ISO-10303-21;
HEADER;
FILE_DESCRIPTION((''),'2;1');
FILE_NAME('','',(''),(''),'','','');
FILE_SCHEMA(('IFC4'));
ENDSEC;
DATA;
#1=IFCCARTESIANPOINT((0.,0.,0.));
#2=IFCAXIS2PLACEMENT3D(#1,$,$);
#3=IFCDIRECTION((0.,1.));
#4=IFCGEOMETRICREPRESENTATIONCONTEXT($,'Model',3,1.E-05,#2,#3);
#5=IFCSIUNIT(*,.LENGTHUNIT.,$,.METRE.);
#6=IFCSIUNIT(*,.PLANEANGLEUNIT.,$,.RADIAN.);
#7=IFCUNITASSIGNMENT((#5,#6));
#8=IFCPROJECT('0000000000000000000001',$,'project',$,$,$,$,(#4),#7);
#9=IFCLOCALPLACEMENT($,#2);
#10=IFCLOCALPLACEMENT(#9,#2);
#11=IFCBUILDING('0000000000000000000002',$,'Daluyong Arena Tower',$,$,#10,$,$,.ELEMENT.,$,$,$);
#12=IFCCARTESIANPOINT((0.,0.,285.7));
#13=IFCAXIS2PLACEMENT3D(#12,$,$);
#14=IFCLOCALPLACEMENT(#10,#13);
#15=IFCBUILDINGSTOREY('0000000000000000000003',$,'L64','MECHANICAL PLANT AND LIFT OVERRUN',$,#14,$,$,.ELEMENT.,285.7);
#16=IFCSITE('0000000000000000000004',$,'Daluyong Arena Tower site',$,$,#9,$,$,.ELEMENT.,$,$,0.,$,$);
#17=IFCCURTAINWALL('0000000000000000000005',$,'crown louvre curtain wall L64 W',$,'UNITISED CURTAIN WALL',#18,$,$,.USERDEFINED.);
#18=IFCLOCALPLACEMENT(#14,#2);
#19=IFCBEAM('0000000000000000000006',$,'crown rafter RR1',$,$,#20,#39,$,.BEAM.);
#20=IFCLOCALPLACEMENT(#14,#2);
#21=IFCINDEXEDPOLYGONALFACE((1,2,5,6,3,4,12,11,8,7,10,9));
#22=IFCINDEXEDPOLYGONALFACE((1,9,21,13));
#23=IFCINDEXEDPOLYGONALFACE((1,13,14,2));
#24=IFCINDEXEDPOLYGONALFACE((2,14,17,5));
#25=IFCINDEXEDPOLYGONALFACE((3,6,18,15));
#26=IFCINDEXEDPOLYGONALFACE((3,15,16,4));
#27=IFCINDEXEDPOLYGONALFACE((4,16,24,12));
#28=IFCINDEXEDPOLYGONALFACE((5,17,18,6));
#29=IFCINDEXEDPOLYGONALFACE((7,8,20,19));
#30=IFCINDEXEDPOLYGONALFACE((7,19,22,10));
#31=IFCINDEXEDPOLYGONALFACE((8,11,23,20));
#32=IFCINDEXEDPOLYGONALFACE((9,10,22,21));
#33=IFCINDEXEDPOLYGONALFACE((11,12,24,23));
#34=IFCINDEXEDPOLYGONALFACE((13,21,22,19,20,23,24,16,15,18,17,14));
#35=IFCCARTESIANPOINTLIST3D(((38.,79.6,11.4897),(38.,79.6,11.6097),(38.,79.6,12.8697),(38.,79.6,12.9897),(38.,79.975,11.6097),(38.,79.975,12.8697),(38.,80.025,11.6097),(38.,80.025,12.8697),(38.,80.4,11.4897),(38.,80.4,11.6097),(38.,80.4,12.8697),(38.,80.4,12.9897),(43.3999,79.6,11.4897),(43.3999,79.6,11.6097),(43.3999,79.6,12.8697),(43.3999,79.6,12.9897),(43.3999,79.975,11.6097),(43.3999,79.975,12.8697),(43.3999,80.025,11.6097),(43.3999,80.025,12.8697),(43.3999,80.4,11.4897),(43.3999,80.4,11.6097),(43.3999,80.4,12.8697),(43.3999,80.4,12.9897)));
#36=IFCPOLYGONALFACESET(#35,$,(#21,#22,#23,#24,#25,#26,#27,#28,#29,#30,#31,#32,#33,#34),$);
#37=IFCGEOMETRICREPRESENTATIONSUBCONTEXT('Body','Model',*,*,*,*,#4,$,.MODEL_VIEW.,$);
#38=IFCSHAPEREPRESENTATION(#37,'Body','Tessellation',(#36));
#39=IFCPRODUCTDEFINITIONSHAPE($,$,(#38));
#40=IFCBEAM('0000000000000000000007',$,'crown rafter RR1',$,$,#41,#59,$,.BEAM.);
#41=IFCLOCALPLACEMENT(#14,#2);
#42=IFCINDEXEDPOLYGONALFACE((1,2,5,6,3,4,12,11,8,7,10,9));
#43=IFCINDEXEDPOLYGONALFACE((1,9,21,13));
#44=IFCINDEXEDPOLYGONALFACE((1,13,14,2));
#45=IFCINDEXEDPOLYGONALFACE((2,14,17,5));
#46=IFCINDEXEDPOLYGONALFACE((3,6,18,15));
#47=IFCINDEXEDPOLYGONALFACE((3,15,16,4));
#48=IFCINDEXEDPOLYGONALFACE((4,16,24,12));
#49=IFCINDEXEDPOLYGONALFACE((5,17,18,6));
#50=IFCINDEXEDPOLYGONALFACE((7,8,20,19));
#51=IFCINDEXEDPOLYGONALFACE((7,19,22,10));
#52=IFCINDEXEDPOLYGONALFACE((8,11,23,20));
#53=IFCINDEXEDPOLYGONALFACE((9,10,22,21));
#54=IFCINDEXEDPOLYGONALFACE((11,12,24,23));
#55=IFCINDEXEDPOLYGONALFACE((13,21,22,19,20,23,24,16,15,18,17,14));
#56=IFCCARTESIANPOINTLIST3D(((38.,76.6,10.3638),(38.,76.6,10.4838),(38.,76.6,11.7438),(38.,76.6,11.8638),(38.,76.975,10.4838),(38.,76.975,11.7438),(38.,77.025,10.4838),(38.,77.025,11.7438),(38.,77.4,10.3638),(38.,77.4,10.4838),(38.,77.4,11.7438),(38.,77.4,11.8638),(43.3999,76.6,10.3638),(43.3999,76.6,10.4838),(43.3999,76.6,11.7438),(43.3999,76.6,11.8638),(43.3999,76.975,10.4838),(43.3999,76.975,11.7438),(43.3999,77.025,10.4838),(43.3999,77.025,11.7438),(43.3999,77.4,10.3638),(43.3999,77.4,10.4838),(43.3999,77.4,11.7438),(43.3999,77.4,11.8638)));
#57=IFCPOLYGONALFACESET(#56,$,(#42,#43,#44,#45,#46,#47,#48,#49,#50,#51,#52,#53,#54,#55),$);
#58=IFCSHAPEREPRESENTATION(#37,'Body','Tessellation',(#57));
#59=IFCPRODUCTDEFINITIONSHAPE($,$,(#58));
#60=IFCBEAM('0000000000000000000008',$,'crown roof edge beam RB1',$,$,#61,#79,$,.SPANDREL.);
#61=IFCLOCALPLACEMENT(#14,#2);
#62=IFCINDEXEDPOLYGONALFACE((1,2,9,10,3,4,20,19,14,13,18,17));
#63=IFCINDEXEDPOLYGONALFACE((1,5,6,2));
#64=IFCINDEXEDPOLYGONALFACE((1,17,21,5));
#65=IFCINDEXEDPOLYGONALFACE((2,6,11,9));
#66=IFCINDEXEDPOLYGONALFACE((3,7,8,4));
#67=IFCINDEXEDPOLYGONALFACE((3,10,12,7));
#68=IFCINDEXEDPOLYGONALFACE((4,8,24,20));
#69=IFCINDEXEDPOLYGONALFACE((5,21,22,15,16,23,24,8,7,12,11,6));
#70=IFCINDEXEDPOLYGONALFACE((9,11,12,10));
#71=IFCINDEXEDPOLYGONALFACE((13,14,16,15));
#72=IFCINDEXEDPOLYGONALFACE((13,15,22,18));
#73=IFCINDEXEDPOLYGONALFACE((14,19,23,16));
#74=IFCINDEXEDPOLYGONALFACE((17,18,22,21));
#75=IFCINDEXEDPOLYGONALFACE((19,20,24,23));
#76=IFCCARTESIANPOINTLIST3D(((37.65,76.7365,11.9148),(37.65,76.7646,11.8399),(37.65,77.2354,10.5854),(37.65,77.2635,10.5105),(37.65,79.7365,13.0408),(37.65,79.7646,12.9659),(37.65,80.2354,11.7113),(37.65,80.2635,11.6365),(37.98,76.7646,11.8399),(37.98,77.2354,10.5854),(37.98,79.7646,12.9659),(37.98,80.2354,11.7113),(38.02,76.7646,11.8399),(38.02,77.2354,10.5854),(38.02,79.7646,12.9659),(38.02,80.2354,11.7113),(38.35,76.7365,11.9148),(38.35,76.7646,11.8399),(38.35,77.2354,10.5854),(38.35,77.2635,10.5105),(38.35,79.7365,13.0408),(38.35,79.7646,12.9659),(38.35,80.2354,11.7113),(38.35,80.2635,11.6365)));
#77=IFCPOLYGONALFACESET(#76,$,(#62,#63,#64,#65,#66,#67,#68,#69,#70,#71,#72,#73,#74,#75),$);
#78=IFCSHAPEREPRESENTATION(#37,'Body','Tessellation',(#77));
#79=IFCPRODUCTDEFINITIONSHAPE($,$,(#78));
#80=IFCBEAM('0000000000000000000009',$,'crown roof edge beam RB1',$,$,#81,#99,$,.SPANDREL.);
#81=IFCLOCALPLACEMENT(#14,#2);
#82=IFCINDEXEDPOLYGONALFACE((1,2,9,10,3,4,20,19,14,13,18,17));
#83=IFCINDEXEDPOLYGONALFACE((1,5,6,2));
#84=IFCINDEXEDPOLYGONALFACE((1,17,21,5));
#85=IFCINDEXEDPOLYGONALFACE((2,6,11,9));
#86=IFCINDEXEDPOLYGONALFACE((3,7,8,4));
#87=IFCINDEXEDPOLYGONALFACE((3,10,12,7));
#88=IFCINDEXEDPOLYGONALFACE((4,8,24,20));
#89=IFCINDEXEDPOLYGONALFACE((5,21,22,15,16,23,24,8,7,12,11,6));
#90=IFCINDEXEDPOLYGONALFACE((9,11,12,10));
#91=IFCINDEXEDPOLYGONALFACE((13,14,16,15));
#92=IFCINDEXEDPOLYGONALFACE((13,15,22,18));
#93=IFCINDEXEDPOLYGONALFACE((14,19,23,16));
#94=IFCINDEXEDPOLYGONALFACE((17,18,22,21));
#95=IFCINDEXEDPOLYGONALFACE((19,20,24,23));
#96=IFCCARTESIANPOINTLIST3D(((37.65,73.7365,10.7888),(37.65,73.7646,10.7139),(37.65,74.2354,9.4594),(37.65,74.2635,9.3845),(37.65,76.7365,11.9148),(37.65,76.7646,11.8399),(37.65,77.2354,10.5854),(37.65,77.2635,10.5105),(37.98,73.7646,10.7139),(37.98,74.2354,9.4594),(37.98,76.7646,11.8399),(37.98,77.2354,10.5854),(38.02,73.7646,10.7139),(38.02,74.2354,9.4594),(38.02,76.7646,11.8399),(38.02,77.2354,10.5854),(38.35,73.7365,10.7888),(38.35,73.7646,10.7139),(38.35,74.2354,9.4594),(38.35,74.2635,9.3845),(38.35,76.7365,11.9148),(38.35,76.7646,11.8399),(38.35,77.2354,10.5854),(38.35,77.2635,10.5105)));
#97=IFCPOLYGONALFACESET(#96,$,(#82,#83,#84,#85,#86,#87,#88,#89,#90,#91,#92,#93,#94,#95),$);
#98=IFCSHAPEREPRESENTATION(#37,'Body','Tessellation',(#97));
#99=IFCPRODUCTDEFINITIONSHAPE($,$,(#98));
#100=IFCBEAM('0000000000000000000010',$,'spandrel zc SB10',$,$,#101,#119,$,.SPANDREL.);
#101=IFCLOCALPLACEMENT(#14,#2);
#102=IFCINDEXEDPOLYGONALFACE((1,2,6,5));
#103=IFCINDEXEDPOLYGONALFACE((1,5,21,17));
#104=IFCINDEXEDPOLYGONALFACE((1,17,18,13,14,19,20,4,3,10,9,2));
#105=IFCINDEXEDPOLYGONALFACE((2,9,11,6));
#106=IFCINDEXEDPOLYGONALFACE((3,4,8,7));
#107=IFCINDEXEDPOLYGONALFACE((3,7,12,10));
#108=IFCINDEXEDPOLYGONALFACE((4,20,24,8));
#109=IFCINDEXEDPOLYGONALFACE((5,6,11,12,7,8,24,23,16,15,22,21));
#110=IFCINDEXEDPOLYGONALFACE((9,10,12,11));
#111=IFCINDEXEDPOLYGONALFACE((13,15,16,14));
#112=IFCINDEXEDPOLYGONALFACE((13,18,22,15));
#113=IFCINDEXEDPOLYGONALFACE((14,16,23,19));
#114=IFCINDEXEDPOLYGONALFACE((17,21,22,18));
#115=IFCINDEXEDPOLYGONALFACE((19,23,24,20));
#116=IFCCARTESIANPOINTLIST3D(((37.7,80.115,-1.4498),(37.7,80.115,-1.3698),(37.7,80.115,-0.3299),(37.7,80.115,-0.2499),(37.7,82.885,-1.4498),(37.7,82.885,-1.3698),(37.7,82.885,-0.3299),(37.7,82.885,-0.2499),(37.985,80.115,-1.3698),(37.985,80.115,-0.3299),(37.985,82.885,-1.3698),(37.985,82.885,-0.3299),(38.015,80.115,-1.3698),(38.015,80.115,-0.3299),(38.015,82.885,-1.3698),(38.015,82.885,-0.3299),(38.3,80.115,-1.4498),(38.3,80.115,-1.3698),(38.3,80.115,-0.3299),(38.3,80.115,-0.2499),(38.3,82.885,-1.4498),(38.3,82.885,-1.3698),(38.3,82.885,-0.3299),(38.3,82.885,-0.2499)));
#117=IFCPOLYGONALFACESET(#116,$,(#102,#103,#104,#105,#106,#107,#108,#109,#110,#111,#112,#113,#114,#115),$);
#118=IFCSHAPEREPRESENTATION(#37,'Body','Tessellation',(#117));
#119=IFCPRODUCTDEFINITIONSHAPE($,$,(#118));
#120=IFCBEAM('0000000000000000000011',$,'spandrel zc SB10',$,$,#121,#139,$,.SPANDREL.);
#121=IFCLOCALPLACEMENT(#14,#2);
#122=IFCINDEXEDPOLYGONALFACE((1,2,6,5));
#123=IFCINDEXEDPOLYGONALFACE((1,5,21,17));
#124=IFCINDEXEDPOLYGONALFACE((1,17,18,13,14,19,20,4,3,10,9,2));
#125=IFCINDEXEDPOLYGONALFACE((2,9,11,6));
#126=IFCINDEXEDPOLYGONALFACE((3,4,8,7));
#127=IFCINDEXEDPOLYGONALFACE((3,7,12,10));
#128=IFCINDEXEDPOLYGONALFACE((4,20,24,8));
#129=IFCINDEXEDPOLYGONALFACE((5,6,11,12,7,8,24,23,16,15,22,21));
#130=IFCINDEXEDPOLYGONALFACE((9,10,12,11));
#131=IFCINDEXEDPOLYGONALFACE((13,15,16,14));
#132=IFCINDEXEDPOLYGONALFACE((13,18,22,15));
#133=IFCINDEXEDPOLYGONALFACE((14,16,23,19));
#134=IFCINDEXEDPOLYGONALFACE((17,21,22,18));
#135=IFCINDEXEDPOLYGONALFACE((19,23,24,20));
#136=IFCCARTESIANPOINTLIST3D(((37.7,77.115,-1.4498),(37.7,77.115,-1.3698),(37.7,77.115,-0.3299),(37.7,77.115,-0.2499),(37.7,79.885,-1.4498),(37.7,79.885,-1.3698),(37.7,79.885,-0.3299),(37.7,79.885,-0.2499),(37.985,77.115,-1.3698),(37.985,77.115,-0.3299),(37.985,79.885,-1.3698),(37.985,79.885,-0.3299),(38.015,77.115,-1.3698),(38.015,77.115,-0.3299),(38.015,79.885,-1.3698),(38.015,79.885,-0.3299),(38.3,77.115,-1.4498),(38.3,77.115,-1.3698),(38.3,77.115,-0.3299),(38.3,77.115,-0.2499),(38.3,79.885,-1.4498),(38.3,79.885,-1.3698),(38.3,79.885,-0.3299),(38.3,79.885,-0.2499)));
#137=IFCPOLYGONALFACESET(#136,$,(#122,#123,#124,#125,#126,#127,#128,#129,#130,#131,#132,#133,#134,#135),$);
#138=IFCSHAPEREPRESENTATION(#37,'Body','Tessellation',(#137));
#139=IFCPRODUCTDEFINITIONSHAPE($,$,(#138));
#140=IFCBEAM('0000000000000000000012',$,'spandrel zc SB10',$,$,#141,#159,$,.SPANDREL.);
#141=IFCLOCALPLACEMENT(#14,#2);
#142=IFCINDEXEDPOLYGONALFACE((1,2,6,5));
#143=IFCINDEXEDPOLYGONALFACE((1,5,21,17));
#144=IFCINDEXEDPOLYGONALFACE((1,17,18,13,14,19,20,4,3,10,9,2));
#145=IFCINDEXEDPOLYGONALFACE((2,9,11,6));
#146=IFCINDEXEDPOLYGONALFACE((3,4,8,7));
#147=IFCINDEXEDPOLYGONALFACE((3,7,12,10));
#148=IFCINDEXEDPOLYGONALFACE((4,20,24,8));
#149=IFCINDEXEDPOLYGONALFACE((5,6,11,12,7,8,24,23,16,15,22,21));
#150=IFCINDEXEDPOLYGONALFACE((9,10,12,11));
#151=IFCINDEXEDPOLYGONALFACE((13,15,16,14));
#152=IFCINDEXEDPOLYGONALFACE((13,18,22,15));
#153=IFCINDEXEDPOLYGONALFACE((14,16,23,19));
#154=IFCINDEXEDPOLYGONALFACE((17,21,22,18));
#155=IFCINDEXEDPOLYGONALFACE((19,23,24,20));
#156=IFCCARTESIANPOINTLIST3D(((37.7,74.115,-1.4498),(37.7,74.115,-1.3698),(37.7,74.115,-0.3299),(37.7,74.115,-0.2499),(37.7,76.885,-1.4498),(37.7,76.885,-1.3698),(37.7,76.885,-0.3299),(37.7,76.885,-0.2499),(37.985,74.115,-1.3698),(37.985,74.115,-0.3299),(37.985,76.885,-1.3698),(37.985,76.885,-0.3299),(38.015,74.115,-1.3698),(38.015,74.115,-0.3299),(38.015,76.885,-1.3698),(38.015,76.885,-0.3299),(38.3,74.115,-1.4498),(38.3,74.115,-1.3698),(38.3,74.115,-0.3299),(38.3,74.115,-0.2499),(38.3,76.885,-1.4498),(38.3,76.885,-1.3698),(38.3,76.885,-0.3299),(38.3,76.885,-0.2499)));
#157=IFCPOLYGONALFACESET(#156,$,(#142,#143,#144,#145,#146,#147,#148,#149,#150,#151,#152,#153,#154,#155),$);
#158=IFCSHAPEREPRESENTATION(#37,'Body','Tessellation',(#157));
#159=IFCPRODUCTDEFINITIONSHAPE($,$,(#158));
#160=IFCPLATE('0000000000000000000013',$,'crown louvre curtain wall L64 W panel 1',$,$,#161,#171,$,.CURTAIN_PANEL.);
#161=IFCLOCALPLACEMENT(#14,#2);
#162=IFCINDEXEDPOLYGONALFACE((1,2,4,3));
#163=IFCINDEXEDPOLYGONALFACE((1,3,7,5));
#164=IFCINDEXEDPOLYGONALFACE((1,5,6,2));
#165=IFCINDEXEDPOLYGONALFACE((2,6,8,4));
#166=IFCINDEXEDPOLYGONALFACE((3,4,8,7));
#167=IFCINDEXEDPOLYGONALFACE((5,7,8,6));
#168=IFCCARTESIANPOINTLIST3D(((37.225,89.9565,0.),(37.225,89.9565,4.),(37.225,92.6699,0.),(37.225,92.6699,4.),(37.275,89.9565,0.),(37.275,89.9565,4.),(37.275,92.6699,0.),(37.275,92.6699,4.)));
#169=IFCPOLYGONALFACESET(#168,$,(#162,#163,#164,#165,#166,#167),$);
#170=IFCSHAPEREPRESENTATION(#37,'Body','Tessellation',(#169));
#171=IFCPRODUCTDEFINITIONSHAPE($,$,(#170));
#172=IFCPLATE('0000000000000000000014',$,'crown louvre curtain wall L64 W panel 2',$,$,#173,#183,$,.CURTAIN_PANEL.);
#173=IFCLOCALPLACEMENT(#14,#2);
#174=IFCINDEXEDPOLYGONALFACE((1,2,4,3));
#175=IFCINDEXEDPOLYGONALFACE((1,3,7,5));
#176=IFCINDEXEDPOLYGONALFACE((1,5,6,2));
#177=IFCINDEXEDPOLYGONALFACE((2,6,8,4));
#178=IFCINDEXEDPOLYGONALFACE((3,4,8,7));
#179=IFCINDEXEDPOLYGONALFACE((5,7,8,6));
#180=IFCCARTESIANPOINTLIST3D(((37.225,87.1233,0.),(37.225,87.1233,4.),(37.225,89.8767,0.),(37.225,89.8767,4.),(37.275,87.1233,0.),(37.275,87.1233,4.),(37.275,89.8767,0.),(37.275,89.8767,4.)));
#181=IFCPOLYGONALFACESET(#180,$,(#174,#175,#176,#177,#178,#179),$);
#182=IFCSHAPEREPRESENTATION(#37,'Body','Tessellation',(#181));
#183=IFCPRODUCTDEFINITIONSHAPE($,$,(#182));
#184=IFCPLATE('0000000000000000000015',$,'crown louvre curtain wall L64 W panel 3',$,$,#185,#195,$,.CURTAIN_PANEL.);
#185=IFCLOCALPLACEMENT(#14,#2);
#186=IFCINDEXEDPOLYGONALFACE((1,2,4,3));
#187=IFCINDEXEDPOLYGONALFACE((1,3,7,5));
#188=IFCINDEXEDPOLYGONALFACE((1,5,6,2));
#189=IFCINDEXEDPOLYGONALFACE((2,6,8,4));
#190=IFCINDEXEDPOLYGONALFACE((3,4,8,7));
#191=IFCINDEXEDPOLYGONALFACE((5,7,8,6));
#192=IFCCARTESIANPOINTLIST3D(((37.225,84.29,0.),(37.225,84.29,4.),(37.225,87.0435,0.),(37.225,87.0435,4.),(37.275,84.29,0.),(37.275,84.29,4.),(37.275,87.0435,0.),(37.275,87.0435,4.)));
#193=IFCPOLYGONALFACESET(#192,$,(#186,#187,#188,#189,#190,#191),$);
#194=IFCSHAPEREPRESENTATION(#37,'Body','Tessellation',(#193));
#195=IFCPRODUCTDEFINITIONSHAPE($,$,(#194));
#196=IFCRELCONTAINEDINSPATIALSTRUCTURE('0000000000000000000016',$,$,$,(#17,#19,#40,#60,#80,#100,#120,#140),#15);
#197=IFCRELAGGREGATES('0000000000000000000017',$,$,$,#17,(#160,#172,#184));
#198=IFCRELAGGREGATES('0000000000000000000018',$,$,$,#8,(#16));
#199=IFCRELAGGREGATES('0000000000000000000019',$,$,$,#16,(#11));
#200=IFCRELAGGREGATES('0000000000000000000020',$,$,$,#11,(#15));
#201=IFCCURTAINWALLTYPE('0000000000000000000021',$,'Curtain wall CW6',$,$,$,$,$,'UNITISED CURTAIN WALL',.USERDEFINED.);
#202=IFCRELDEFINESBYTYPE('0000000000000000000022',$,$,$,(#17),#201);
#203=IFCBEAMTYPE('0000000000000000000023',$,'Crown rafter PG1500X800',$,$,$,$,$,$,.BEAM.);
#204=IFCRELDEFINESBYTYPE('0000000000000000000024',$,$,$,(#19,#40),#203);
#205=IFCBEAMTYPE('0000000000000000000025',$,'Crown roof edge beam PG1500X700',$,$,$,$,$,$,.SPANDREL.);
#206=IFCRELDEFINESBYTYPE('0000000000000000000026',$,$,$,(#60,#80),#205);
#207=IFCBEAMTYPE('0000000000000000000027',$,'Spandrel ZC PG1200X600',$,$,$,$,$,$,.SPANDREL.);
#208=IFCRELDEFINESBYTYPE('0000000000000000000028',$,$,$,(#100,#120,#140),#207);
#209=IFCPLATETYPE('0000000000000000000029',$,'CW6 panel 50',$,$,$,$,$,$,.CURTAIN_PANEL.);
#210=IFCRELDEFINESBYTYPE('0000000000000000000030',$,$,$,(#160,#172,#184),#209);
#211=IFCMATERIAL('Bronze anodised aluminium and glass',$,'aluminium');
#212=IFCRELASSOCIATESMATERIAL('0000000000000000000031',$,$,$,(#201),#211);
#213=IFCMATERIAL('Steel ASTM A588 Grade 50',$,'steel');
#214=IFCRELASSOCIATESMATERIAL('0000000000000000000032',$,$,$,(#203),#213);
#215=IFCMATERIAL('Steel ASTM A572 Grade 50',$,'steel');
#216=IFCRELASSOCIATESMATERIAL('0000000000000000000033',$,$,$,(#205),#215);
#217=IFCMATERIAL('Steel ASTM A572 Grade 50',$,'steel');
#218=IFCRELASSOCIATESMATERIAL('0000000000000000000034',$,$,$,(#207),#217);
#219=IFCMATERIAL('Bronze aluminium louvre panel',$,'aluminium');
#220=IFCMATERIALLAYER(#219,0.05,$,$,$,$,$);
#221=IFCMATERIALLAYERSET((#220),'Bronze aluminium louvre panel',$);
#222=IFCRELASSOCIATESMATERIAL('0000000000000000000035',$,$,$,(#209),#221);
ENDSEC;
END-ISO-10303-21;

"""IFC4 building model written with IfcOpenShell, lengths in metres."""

from ifc_helpers import new_model, si_unit, direction, frame, origin, origin_2d, place, context, subcontext, project, spatial, rectangle, i_section, extrude, material, layer, layer_set, material_profile, profile_set, type_object, element, aggregate, save


model = new_model("IFC4")

# Units and contexts
model_context = context("Model", 3, precision=1e-05, world=origin(), true_north=direction((0.0, 1.0)))
body_context = subcontext(model_context, "Body", "Model", "MODEL_VIEW")
ifc_project = project(units=[si_unit("LENGTHUNIT", "METRE"), si_unit("PLANEANGLEUNIT", "RADIAN")], contexts=[model_context])

# Site, building, storey
site_placement = place(None, origin())
site = spatial("IfcSite", under=ifc_project, at=site_placement, Name="Daluyong Arena Tower site", CompositionType="ELEMENT", RefElevation=0.0)
building_placement = place(site_placement, origin())
building = spatial("IfcBuilding", under=site, at=building_placement, Name="Daluyong Arena Tower", CompositionType="ELEMENT")
storey_placement = place(building_placement, frame((0.0, 0.0, 285.7)))
storey = spatial("IfcBuildingStorey", under=building, at=storey_placement, Name="L64", Description="MECHANICAL PLANT AND LIFT OVERRUN", CompositionType="ELEMENT", Elevation=285.7)

# Curtain wall
ifc_material_1 = material(Name="Bronze anodised aluminium and glass", Category="aluminium")
curtain_wall_type = type_object("IfcCurtainWallType", Name="Curtain wall CW6", ElementType="UNITISED CURTAIN WALL", PredefinedType="USERDEFINED", material=ifc_material_1)
curtain_wall_placement = place(storey_placement, origin())
curtain_wall = element("IfcCurtainWall", 1, at=curtain_wall_placement, inside=storey, type_object=curtain_wall_type, Name="crown louvre curtain wall L64 W", ObjectType="UNITISED CURTAIN WALL", PredefinedType="USERDEFINED")

# Beams
ifc_material_2 = material(Name="Steel ASTM A588 Grade 50", Category="steel")
ifc_material_profile_1 = material_profile(ifc_material_2, i_section(OverallWidth=0.8, OverallDepth=1.5, WebThickness=0.05, FlangeThickness=0.12, at=origin_2d()))
ifc_profile_set_1 = profile_set([ifc_material_profile_1], Name="Steel ASTM A588 Grade 50")
beam_type_1 = type_object("IfcBeamType", Name="Crown rafter PG1500X800", PredefinedType="BEAM", material=ifc_profile_set_1)
for number, where, z_axis, x_axis, name in (
    (2, (38.0, 80.0, 12.2397), (1.0, 0.0, 0.0), (0.0, 1.0, 0.0), "crown rafter RR1"),
    (3, (38.0, 77.0, 11.1138), (1.0, 0.0, 0.0), (0.0, 1.0, 0.0), "crown rafter RR1"),
):
    element("IfcBeam", number, at=place(storey_placement, frame(where, z_axis=z_axis, x_axis=x_axis)), inside=storey, type_object=beam_type_1, Name=name, PredefinedType="BEAM", context=body_context, shape_type="SweptSolid", body=[
        extrude(i_section(OverallWidth=0.8, OverallDepth=1.5, WebThickness=0.05, FlangeThickness=0.12, at=origin_2d()), origin(), (0.0, 0.0, 1.0), 5.3999),
    ])
ifc_material_3 = material(Name="Steel ASTM A572 Grade 50", Category="steel")
ifc_material_profile_2 = material_profile(ifc_material_3, i_section(OverallWidth=0.7, OverallDepth=1.5, WebThickness=0.04, FlangeThickness=0.08, at=origin_2d()))
ifc_profile_set_2 = profile_set([ifc_material_profile_2], Name="Steel ASTM A572 Grade 50")
beam_type_2 = type_object("IfcBeamType", Name="Crown roof edge beam PG1500X700", PredefinedType="SPANDREL", material=ifc_profile_set_2)
for number, where, z_axis, x_axis, name in (
    (4, (38.0, 80.0, 12.3386), (0.0, -0.936229, -0.351391), (1.0, 0.0, 0.0), "crown roof edge beam RB1"),
    (5, (38.0, 77.0, 11.2126), (0.0, -0.936229, -0.351391), (1.0, 0.0, 0.0), "crown roof edge beam RB1"),
):
    element("IfcBeam", number, at=place(storey_placement, frame(where, z_axis=z_axis, x_axis=x_axis)), inside=storey, type_object=beam_type_2, Name=name, PredefinedType="SPANDREL", context=body_context, shape_type="SweptSolid", body=[
        extrude(i_section(OverallWidth=0.7, OverallDepth=1.5, WebThickness=0.04, FlangeThickness=0.08, at=origin_2d()), origin(), (0.0, 0.0, 1.0), 3.2043),
    ])
ifc_material_4 = material(Name="Steel ASTM A572 Grade 50", Category="steel")
ifc_material_profile_3 = material_profile(ifc_material_4, i_section(OverallWidth=0.6001, OverallDepth=1.2, WebThickness=0.03, FlangeThickness=0.08, at=origin_2d()))
ifc_profile_set_3 = profile_set([ifc_material_profile_3], Name="Steel ASTM A572 Grade 50")
beam_type_3 = type_object("IfcBeamType", Name="Spandrel ZC PG1200X600", PredefinedType="SPANDREL", material=ifc_profile_set_3)
for number, where, z_axis, x_axis, name in (
    (6, (38.0, 82.885, -0.8499), (0.0, -1.0, 0.0), (1.0, 0.0, 0.0), "spandrel zc SB10"),
    (7, (38.0, 79.885, -0.8499), (0.0, -1.0, 0.0), (1.0, 0.0, 0.0), "spandrel zc SB10"),
    (8, (38.0, 76.885, -0.8499), (0.0, -1.0, 0.0), (1.0, 0.0, 0.0), "spandrel zc SB10"),
):
    element("IfcBeam", number, at=place(storey_placement, frame(where, z_axis=z_axis, x_axis=x_axis)), inside=storey, type_object=beam_type_3, Name=name, PredefinedType="SPANDREL", context=body_context, shape_type="SweptSolid", body=[
        extrude(i_section(OverallWidth=0.6001, OverallDepth=1.2, WebThickness=0.03, FlangeThickness=0.08, at=origin_2d()), origin(), (0.0, 0.0, 1.0), 2.77),
    ])

# Plates
ifc_material_5 = material(Name="Bronze aluminium louvre panel", Category="aluminium")
ifc_layer = layer(ifc_material_5, 0.05)
ifc_layer_set = layer_set([ifc_layer], Name="Bronze aluminium louvre panel")
plate_type = type_object("IfcPlateType", Name="CW6 panel 50", PredefinedType="CURTAIN_PANEL", material=ifc_layer_set)
plate_1_placement = place(storey_placement, frame((37.25, 91.3132, 0.0), z_axis=(0.0, 0.0, 1.0), x_axis=(0.0, -1.0, 0.0)))
plate_1 = element("IfcPlate", 9, at=plate_1_placement, type_object=plate_type, Name="crown louvre curtain wall L64 W panel 1", PredefinedType="CURTAIN_PANEL", context=body_context, shape_type="SweptSolid", body=[
    extrude(rectangle(XDim=2.7134, YDim=0.05, at=origin_2d()), origin(), (0.0, 0.0, 1.0), 4.0),
])
plate_2_placement = place(storey_placement, frame((37.25, 88.5, 0.0), z_axis=(0.0, 0.0, 1.0), x_axis=(0.0, -1.0, 0.0)))
plate_2 = element("IfcPlate", 10, at=plate_2_placement, type_object=plate_type, Name="crown louvre curtain wall L64 W panel 2", PredefinedType="CURTAIN_PANEL", context=body_context, shape_type="SweptSolid", body=[
    extrude(rectangle(XDim=2.7534, YDim=0.05, at=origin_2d()), origin(), (0.0, 0.0, 1.0), 4.0),
])
plate_3_placement = place(storey_placement, frame((37.25, 85.6667, 0.0), z_axis=(0.0, 0.0, 1.0), x_axis=(0.0, -1.0, 0.0)))
plate_3 = element("IfcPlate", 11, at=plate_3_placement, type_object=plate_type, Name="crown louvre curtain wall L64 W panel 3", PredefinedType="CURTAIN_PANEL", context=body_context, shape_type="SweptSolid", body=[
    extrude(rectangle(XDim=2.7534, YDim=0.05, at=origin_2d()), origin(), (0.0, 0.0, 1.0), 4.0),
])
aggregate(curtain_wall, [plate_1, plate_2, plate_3])

save(model, "model.ifc")
